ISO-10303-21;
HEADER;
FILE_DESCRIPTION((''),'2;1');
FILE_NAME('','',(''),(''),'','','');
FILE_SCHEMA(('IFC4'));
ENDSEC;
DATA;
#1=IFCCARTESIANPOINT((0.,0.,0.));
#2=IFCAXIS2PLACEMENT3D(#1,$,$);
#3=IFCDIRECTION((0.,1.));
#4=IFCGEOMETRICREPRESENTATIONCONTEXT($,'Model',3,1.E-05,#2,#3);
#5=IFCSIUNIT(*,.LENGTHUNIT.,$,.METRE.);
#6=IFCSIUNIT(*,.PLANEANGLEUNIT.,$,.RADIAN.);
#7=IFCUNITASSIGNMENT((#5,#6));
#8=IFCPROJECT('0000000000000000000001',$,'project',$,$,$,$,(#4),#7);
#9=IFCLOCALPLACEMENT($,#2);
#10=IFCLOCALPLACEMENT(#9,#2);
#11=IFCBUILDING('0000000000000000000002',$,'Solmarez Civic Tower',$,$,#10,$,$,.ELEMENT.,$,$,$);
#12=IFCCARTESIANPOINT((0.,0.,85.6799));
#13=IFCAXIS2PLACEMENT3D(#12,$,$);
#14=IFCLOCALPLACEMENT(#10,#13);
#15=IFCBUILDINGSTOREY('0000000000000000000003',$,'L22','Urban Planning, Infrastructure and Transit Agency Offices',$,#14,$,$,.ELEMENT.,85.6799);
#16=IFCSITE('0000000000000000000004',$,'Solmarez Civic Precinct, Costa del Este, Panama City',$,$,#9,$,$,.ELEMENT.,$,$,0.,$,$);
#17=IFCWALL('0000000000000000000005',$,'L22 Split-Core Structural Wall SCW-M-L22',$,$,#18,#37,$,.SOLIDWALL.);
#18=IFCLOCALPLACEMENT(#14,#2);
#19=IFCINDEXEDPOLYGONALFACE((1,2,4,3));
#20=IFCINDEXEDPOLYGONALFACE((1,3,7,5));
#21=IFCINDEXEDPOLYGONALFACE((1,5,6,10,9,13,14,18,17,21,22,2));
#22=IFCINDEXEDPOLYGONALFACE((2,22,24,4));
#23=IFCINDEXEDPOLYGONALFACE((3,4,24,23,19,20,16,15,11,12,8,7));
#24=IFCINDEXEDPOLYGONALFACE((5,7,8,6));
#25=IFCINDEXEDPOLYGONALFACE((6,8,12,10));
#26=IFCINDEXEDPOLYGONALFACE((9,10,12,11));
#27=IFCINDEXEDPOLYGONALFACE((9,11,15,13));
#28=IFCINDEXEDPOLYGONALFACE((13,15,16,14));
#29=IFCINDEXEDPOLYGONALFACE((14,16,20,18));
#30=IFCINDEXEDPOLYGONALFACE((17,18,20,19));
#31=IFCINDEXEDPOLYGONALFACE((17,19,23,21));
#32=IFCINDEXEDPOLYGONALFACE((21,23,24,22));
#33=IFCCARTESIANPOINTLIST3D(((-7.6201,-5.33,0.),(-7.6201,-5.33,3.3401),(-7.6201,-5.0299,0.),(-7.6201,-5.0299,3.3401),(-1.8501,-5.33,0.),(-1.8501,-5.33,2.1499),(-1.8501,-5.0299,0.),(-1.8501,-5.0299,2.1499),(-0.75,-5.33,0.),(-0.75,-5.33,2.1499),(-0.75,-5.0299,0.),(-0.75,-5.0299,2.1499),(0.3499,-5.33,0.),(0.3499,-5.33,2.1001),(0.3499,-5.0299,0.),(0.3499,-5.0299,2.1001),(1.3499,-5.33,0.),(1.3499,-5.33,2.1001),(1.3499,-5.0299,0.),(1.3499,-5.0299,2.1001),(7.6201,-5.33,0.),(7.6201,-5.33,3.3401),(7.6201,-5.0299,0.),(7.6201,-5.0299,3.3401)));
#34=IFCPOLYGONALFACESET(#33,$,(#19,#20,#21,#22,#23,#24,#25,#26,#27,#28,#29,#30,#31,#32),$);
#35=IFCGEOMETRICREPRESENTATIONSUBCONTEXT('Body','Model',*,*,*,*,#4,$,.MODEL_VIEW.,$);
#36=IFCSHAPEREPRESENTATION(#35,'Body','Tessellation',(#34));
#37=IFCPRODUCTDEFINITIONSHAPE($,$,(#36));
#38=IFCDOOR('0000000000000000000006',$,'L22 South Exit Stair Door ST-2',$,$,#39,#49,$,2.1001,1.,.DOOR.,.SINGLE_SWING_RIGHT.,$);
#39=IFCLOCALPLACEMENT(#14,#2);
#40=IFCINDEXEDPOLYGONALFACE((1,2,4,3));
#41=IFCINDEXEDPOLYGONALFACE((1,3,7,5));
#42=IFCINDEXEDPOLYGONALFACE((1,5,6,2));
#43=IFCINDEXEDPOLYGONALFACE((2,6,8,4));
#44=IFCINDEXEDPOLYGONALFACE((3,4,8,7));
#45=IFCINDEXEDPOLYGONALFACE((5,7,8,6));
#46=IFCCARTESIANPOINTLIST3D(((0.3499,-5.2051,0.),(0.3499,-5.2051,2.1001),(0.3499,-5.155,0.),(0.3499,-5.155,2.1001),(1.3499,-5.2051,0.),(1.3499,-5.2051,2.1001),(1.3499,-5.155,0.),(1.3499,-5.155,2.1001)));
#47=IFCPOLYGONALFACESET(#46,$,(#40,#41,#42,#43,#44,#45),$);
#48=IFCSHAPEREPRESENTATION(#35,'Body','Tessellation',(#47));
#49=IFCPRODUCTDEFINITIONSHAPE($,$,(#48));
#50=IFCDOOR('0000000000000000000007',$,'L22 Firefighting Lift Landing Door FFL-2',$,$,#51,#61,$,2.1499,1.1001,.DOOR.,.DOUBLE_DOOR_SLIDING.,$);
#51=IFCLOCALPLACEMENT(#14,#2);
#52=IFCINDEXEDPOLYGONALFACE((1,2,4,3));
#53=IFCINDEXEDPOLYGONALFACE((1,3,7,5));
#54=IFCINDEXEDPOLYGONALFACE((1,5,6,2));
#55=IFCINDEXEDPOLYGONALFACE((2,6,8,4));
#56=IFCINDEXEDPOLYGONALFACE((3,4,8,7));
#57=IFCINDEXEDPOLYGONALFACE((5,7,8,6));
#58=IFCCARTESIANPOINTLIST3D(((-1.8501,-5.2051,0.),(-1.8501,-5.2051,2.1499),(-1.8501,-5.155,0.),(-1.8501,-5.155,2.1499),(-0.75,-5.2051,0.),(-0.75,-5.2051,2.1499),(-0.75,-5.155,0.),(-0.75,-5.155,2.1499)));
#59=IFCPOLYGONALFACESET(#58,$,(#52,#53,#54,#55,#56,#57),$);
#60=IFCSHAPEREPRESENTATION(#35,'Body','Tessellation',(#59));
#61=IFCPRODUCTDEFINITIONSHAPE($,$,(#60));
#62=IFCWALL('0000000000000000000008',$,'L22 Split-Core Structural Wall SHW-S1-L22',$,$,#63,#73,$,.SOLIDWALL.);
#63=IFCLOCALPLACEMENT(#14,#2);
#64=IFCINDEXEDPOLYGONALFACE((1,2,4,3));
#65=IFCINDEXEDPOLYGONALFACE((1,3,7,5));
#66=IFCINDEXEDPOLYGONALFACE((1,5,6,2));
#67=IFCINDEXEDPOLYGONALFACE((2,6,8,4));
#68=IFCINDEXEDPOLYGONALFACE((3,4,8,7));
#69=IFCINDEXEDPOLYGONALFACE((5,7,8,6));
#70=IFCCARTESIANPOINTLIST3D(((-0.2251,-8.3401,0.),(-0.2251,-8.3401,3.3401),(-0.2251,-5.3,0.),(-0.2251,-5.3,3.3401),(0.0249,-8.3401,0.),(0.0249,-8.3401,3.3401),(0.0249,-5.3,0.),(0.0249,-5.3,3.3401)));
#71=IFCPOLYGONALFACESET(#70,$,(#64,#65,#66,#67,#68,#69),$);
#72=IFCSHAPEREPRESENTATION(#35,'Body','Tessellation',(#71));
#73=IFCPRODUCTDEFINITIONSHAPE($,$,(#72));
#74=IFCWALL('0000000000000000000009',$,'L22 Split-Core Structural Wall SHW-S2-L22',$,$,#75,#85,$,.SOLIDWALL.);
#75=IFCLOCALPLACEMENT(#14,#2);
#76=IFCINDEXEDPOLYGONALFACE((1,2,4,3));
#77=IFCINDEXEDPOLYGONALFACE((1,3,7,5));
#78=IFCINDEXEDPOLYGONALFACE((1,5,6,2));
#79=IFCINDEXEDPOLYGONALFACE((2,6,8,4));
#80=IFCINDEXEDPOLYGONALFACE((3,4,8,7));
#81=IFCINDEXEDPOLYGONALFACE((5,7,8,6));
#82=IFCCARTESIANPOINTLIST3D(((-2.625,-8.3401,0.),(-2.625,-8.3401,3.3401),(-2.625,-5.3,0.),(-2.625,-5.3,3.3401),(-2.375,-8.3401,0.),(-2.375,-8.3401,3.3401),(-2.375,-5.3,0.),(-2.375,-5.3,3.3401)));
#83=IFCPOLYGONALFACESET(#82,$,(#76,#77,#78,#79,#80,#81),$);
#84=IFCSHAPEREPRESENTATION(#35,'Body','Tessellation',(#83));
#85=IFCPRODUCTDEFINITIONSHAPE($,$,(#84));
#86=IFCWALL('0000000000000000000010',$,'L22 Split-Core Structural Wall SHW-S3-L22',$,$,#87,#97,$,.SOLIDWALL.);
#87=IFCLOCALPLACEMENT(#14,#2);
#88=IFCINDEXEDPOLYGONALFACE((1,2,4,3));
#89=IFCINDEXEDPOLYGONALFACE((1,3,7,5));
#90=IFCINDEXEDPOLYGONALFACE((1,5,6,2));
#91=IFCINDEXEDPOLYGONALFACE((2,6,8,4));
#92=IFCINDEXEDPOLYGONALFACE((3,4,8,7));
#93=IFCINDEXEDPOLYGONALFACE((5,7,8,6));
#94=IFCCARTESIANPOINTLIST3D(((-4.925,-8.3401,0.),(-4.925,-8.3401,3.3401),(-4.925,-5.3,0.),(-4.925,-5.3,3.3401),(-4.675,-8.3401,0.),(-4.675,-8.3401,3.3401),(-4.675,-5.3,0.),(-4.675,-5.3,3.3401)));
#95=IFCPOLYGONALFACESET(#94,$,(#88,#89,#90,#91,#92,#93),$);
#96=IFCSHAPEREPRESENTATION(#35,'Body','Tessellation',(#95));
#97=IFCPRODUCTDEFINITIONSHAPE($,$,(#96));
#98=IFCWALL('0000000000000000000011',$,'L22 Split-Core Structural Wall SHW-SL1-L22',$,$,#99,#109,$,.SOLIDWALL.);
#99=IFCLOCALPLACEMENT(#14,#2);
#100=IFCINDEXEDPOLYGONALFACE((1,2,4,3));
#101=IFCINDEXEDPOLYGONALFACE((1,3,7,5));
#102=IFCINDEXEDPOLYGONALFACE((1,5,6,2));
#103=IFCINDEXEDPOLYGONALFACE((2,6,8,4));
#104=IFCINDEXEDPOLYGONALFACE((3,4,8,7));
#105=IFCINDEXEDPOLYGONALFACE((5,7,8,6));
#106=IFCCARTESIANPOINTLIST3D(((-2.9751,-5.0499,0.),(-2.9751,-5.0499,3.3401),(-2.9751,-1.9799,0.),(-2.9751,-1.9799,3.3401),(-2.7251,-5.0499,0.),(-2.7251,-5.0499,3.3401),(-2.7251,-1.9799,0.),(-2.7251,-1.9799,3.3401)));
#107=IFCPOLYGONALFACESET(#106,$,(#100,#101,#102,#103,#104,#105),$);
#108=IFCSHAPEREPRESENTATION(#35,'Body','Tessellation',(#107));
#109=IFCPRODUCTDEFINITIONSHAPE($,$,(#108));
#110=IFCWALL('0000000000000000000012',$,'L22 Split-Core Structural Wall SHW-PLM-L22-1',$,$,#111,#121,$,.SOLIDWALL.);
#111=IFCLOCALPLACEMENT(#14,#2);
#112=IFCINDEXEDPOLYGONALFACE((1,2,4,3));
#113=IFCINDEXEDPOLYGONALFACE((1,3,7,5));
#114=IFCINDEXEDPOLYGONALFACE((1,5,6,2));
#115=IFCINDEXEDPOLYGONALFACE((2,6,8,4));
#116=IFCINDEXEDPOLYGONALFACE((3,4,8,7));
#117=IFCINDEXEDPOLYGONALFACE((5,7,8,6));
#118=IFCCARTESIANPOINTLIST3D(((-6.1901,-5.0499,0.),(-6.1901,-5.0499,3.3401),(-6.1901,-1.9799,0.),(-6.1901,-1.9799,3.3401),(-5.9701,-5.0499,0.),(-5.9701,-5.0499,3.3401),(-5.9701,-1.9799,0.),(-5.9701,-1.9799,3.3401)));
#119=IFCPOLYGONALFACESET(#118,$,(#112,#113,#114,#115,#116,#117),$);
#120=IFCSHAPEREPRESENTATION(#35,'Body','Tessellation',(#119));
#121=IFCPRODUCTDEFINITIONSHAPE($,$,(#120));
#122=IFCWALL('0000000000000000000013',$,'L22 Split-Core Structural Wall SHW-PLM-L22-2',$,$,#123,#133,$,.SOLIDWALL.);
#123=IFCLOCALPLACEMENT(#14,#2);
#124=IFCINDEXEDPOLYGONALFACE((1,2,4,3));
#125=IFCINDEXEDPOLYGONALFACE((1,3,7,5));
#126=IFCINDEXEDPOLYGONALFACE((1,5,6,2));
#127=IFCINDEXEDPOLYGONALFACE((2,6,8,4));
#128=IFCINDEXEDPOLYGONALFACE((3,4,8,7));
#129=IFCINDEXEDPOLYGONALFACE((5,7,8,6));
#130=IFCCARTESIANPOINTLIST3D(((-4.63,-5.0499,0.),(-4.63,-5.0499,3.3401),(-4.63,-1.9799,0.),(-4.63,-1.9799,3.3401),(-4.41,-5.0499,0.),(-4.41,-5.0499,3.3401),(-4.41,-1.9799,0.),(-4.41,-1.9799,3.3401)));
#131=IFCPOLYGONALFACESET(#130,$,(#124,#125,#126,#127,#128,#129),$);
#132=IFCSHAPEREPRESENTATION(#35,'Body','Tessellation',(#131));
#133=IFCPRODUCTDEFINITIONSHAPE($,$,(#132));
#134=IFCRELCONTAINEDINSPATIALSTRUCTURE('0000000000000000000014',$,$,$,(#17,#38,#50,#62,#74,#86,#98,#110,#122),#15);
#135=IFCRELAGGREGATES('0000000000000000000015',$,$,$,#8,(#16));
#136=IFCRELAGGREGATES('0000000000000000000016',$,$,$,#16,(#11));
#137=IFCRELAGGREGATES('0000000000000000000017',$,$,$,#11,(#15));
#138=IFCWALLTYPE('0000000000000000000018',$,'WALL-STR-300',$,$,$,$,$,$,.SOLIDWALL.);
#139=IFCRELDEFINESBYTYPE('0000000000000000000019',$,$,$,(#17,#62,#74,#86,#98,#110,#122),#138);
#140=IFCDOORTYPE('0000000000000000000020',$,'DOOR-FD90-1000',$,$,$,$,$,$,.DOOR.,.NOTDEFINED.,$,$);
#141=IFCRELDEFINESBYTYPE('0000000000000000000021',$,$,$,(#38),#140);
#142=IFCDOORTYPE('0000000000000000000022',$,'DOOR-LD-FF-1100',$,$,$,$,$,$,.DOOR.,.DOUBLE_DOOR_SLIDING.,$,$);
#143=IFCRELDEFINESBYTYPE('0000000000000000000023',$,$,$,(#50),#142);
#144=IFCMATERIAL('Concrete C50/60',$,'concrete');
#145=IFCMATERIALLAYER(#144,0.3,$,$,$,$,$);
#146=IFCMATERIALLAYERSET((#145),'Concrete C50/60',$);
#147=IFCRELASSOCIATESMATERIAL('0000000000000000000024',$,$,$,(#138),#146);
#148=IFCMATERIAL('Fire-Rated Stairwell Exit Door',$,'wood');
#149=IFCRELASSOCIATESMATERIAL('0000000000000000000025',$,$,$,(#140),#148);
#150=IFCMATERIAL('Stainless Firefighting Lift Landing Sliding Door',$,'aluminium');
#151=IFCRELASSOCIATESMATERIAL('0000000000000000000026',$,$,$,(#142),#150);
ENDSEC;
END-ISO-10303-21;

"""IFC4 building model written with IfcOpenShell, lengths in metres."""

from ifc_helpers import new_model, si_unit, direction, frame, frame_2d, origin, place, context, subcontext, project, spatial, rectangle, extrude, material, layer, layer_set, type_object, element, fill, save


model = new_model("IFC4")

# Units and contexts
model_context = context("Model", 3, precision=1e-05, world=origin(), true_north=direction((0.0, 1.0)))
body_context = subcontext(model_context, "Body", "Model", "MODEL_VIEW")
ifc_project = project(units=[si_unit("LENGTHUNIT", "METRE"), si_unit("PLANEANGLEUNIT", "RADIAN")], contexts=[model_context])

# Site, building, storey
site_placement = place(None, origin())
site = spatial("IfcSite", under=ifc_project, at=site_placement, Name="Solmarez Civic Precinct, Costa del Este, Panama City", CompositionType="ELEMENT", RefElevation=0.0)
building_placement = place(site_placement, origin())
building = spatial("IfcBuilding", under=site, at=building_placement, Name="Solmarez Civic Tower", CompositionType="ELEMENT")
storey_placement = place(building_placement, frame((0.0, 0.0, 85.6799)))
storey = spatial("IfcBuildingStorey", under=building, at=storey_placement, Name="L22", Description="Urban Planning, Infrastructure and Transit Agency Offices", CompositionType="ELEMENT", Elevation=85.6799)

# Wall, openings, doors
ifc_material_1 = material(Name="Concrete C50/60", Category="concrete")
ifc_layer_1 = layer(ifc_material_1, 0.3)
ifc_layer_set_1 = layer_set([ifc_layer_1], Name="Concrete C50/60")
wall_type_1 = type_object("IfcWallType", Name="WALL-STR-300", PredefinedType="SOLIDWALL", material=ifc_layer_set_1)
wall_1_placement = place(storey_placement, frame((-7.6201, -5.1799, 0.0), z_axis=(0.0, 0.0, 1.0), x_axis=(1.0, 0.0, 0.0)))
wall_1 = element("IfcWall", 1, at=wall_1_placement, inside=storey, type_object=wall_type_1, Name="L22 Split-Core Structural Wall SCW-M-L22", PredefinedType="SOLIDWALL", context=body_context, shape_type="SweptSolid", body=[
    extrude(rectangle(XDim=15.2402, YDim=0.3, at=frame_2d((7.6201, 0.0))), origin(), (0.0, 0.0, 1.0), 3.3401),
])
opening_1_placement = place(wall_1_placement, frame((5.77, 0.0, 0.0)))
opening_1 = element("IfcOpeningElement", 2, at=opening_1_placement, cuts=wall_1, PredefinedType="OPENING", context=body_context, shape_type="SweptSolid", body=[
    extrude(rectangle(XDim=1.1001, YDim=2.1499, at=frame_2d((0.55, 1.075))), frame((0.0, 0.1599, 0.0), z_axis=(0.0, -1.0, 0.0), x_axis=(1.0, 0.0, 0.0)), (0.0, 0.0, 1.0), 0.3201),
])
opening_2_placement = place(wall_1_placement, frame((7.97, 0.0, 0.0)))
opening_2 = element("IfcOpeningElement", 3, at=opening_2_placement, cuts=wall_1, PredefinedType="OPENING", context=body_context, shape_type="SweptSolid", body=[
    extrude(rectangle(XDim=1.0, YDim=2.1001, at=frame_2d((0.5, 1.05))), frame((0.0, 0.1599, 0.0), z_axis=(0.0, -1.0, 0.0), x_axis=(1.0, 0.0, 0.0)), (0.0, 0.0, 1.0), 0.3201),
])
ifc_material_2 = material(Name="Fire-Rated Stairwell Exit Door", Category="wood")
door_type_1 = type_object("IfcDoorType", Name="DOOR-FD90-1000", OperationType="NOTDEFINED", PredefinedType="DOOR", material=ifc_material_2)
door_1_placement = place(opening_2_placement, origin())
door_1 = element("IfcDoor", 4, at=door_1_placement, inside=storey, type_object=door_type_1, Name="L22 South Exit Stair Door ST-2", OperationType="SINGLE_SWING_RIGHT", OverallHeight=2.1001, OverallWidth=1.0, PredefinedType="DOOR", context=body_context, shape_type="SweptSolid", body=[
    extrude(rectangle(XDim=1.0, YDim=2.1001, at=frame_2d((0.5, 1.05))), frame((0.0, 0.0249, 0.0), z_axis=(0.0, -1.0, 0.0), x_axis=(1.0, 0.0, 0.0)), (0.0, 0.0, 1.0), 0.05),
])
fill(opening_2, door_1)
ifc_material_3 = material(Name="Stainless Firefighting Lift Landing Sliding Door", Category="aluminium")
door_type_2 = type_object("IfcDoorType", Name="DOOR-LD-FF-1100", OperationType="DOUBLE_DOOR_SLIDING", PredefinedType="DOOR", material=ifc_material_3)
door_2_placement = place(opening_1_placement, origin())
door_2 = element("IfcDoor", 5, at=door_2_placement, inside=storey, type_object=door_type_2, Name="L22 Firefighting Lift Landing Door FFL-2", OperationType="DOUBLE_DOOR_SLIDING", OverallHeight=2.1499, OverallWidth=1.1001, PredefinedType="DOOR", context=body_context, shape_type="SweptSolid", body=[
    extrude(rectangle(XDim=1.1001, YDim=2.1499, at=frame_2d((0.55, 1.075))), frame((0.0, 0.0249, 0.0), z_axis=(0.0, -1.0, 0.0), x_axis=(1.0, 0.0, 0.0)), (0.0, 0.0, 1.0), 0.05),
])
fill(opening_1, door_2)

# Walls
for number, where, z_axis, x_axis, name in (
    (6, (-0.1001, -8.3401, 0.0), (0.0, 0.0, 1.0), (0.0, 1.0, 0.0), "L22 Split-Core Structural Wall SHW-S1-L22"),
    (7, (-2.5, -8.3401, 0.0), (0.0, 0.0, 1.0), (0.0, 1.0, 0.0), "L22 Split-Core Structural Wall SHW-S2-L22"),
    (8, (-4.8, -8.3401, 0.0), (0.0, 0.0, 1.0), (0.0, 1.0, 0.0), "L22 Split-Core Structural Wall SHW-S3-L22"),
):
    element("IfcWall", number, at=place(storey_placement, frame(where, z_axis=z_axis, x_axis=x_axis)), inside=storey, type_object=wall_type_1, Name=name, PredefinedType="SOLIDWALL", context=body_context, shape_type="SweptSolid", body=[
        extrude(rectangle(XDim=3.04, YDim=0.25, at=frame_2d((1.52, 0.0))), origin(), (0.0, 0.0, 1.0), 3.3401),
    ])
wall_2_placement = place(storey_placement, frame((-2.8501, -5.05, 0.0), z_axis=(0.0, 0.0, 1.0), x_axis=(0.0, 1.0, 0.0)))
element("IfcWall", 9, at=wall_2_placement, inside=storey, type_object=wall_type_1, Name="L22 Split-Core Structural Wall SHW-SL1-L22", PredefinedType="SOLIDWALL", context=body_context, shape_type="SweptSolid", body=[
    extrude(rectangle(XDim=3.0701, YDim=0.25, at=frame_2d((1.5352, 0.0))), origin(), (0.0, 0.0, 1.0), 3.3401),
])
for number, where, z_axis, x_axis, name in (
    (10, (-6.0801, -5.05, 0.0), (0.0, 0.0, 1.0), (0.0, 1.0, 0.0), "L22 Split-Core Structural Wall SHW-PLM-L22-1"),
    (11, (-4.52, -5.05, 0.0), (0.0, 0.0, 1.0), (0.0, 1.0, 0.0), "L22 Split-Core Structural Wall SHW-PLM-L22-2"),
):
    element("IfcWall", number, at=place(storey_placement, frame(where, z_axis=z_axis, x_axis=x_axis)), inside=storey, type_object=wall_type_1, Name=name, PredefinedType="SOLIDWALL", context=body_context, shape_type="SweptSolid", body=[
        extrude(rectangle(XDim=3.0701, YDim=0.22, at=frame_2d((1.5352, 0.0))), origin(), (0.0, 0.0, 1.0), 3.3401),
    ])

save(model, "model.ifc")
